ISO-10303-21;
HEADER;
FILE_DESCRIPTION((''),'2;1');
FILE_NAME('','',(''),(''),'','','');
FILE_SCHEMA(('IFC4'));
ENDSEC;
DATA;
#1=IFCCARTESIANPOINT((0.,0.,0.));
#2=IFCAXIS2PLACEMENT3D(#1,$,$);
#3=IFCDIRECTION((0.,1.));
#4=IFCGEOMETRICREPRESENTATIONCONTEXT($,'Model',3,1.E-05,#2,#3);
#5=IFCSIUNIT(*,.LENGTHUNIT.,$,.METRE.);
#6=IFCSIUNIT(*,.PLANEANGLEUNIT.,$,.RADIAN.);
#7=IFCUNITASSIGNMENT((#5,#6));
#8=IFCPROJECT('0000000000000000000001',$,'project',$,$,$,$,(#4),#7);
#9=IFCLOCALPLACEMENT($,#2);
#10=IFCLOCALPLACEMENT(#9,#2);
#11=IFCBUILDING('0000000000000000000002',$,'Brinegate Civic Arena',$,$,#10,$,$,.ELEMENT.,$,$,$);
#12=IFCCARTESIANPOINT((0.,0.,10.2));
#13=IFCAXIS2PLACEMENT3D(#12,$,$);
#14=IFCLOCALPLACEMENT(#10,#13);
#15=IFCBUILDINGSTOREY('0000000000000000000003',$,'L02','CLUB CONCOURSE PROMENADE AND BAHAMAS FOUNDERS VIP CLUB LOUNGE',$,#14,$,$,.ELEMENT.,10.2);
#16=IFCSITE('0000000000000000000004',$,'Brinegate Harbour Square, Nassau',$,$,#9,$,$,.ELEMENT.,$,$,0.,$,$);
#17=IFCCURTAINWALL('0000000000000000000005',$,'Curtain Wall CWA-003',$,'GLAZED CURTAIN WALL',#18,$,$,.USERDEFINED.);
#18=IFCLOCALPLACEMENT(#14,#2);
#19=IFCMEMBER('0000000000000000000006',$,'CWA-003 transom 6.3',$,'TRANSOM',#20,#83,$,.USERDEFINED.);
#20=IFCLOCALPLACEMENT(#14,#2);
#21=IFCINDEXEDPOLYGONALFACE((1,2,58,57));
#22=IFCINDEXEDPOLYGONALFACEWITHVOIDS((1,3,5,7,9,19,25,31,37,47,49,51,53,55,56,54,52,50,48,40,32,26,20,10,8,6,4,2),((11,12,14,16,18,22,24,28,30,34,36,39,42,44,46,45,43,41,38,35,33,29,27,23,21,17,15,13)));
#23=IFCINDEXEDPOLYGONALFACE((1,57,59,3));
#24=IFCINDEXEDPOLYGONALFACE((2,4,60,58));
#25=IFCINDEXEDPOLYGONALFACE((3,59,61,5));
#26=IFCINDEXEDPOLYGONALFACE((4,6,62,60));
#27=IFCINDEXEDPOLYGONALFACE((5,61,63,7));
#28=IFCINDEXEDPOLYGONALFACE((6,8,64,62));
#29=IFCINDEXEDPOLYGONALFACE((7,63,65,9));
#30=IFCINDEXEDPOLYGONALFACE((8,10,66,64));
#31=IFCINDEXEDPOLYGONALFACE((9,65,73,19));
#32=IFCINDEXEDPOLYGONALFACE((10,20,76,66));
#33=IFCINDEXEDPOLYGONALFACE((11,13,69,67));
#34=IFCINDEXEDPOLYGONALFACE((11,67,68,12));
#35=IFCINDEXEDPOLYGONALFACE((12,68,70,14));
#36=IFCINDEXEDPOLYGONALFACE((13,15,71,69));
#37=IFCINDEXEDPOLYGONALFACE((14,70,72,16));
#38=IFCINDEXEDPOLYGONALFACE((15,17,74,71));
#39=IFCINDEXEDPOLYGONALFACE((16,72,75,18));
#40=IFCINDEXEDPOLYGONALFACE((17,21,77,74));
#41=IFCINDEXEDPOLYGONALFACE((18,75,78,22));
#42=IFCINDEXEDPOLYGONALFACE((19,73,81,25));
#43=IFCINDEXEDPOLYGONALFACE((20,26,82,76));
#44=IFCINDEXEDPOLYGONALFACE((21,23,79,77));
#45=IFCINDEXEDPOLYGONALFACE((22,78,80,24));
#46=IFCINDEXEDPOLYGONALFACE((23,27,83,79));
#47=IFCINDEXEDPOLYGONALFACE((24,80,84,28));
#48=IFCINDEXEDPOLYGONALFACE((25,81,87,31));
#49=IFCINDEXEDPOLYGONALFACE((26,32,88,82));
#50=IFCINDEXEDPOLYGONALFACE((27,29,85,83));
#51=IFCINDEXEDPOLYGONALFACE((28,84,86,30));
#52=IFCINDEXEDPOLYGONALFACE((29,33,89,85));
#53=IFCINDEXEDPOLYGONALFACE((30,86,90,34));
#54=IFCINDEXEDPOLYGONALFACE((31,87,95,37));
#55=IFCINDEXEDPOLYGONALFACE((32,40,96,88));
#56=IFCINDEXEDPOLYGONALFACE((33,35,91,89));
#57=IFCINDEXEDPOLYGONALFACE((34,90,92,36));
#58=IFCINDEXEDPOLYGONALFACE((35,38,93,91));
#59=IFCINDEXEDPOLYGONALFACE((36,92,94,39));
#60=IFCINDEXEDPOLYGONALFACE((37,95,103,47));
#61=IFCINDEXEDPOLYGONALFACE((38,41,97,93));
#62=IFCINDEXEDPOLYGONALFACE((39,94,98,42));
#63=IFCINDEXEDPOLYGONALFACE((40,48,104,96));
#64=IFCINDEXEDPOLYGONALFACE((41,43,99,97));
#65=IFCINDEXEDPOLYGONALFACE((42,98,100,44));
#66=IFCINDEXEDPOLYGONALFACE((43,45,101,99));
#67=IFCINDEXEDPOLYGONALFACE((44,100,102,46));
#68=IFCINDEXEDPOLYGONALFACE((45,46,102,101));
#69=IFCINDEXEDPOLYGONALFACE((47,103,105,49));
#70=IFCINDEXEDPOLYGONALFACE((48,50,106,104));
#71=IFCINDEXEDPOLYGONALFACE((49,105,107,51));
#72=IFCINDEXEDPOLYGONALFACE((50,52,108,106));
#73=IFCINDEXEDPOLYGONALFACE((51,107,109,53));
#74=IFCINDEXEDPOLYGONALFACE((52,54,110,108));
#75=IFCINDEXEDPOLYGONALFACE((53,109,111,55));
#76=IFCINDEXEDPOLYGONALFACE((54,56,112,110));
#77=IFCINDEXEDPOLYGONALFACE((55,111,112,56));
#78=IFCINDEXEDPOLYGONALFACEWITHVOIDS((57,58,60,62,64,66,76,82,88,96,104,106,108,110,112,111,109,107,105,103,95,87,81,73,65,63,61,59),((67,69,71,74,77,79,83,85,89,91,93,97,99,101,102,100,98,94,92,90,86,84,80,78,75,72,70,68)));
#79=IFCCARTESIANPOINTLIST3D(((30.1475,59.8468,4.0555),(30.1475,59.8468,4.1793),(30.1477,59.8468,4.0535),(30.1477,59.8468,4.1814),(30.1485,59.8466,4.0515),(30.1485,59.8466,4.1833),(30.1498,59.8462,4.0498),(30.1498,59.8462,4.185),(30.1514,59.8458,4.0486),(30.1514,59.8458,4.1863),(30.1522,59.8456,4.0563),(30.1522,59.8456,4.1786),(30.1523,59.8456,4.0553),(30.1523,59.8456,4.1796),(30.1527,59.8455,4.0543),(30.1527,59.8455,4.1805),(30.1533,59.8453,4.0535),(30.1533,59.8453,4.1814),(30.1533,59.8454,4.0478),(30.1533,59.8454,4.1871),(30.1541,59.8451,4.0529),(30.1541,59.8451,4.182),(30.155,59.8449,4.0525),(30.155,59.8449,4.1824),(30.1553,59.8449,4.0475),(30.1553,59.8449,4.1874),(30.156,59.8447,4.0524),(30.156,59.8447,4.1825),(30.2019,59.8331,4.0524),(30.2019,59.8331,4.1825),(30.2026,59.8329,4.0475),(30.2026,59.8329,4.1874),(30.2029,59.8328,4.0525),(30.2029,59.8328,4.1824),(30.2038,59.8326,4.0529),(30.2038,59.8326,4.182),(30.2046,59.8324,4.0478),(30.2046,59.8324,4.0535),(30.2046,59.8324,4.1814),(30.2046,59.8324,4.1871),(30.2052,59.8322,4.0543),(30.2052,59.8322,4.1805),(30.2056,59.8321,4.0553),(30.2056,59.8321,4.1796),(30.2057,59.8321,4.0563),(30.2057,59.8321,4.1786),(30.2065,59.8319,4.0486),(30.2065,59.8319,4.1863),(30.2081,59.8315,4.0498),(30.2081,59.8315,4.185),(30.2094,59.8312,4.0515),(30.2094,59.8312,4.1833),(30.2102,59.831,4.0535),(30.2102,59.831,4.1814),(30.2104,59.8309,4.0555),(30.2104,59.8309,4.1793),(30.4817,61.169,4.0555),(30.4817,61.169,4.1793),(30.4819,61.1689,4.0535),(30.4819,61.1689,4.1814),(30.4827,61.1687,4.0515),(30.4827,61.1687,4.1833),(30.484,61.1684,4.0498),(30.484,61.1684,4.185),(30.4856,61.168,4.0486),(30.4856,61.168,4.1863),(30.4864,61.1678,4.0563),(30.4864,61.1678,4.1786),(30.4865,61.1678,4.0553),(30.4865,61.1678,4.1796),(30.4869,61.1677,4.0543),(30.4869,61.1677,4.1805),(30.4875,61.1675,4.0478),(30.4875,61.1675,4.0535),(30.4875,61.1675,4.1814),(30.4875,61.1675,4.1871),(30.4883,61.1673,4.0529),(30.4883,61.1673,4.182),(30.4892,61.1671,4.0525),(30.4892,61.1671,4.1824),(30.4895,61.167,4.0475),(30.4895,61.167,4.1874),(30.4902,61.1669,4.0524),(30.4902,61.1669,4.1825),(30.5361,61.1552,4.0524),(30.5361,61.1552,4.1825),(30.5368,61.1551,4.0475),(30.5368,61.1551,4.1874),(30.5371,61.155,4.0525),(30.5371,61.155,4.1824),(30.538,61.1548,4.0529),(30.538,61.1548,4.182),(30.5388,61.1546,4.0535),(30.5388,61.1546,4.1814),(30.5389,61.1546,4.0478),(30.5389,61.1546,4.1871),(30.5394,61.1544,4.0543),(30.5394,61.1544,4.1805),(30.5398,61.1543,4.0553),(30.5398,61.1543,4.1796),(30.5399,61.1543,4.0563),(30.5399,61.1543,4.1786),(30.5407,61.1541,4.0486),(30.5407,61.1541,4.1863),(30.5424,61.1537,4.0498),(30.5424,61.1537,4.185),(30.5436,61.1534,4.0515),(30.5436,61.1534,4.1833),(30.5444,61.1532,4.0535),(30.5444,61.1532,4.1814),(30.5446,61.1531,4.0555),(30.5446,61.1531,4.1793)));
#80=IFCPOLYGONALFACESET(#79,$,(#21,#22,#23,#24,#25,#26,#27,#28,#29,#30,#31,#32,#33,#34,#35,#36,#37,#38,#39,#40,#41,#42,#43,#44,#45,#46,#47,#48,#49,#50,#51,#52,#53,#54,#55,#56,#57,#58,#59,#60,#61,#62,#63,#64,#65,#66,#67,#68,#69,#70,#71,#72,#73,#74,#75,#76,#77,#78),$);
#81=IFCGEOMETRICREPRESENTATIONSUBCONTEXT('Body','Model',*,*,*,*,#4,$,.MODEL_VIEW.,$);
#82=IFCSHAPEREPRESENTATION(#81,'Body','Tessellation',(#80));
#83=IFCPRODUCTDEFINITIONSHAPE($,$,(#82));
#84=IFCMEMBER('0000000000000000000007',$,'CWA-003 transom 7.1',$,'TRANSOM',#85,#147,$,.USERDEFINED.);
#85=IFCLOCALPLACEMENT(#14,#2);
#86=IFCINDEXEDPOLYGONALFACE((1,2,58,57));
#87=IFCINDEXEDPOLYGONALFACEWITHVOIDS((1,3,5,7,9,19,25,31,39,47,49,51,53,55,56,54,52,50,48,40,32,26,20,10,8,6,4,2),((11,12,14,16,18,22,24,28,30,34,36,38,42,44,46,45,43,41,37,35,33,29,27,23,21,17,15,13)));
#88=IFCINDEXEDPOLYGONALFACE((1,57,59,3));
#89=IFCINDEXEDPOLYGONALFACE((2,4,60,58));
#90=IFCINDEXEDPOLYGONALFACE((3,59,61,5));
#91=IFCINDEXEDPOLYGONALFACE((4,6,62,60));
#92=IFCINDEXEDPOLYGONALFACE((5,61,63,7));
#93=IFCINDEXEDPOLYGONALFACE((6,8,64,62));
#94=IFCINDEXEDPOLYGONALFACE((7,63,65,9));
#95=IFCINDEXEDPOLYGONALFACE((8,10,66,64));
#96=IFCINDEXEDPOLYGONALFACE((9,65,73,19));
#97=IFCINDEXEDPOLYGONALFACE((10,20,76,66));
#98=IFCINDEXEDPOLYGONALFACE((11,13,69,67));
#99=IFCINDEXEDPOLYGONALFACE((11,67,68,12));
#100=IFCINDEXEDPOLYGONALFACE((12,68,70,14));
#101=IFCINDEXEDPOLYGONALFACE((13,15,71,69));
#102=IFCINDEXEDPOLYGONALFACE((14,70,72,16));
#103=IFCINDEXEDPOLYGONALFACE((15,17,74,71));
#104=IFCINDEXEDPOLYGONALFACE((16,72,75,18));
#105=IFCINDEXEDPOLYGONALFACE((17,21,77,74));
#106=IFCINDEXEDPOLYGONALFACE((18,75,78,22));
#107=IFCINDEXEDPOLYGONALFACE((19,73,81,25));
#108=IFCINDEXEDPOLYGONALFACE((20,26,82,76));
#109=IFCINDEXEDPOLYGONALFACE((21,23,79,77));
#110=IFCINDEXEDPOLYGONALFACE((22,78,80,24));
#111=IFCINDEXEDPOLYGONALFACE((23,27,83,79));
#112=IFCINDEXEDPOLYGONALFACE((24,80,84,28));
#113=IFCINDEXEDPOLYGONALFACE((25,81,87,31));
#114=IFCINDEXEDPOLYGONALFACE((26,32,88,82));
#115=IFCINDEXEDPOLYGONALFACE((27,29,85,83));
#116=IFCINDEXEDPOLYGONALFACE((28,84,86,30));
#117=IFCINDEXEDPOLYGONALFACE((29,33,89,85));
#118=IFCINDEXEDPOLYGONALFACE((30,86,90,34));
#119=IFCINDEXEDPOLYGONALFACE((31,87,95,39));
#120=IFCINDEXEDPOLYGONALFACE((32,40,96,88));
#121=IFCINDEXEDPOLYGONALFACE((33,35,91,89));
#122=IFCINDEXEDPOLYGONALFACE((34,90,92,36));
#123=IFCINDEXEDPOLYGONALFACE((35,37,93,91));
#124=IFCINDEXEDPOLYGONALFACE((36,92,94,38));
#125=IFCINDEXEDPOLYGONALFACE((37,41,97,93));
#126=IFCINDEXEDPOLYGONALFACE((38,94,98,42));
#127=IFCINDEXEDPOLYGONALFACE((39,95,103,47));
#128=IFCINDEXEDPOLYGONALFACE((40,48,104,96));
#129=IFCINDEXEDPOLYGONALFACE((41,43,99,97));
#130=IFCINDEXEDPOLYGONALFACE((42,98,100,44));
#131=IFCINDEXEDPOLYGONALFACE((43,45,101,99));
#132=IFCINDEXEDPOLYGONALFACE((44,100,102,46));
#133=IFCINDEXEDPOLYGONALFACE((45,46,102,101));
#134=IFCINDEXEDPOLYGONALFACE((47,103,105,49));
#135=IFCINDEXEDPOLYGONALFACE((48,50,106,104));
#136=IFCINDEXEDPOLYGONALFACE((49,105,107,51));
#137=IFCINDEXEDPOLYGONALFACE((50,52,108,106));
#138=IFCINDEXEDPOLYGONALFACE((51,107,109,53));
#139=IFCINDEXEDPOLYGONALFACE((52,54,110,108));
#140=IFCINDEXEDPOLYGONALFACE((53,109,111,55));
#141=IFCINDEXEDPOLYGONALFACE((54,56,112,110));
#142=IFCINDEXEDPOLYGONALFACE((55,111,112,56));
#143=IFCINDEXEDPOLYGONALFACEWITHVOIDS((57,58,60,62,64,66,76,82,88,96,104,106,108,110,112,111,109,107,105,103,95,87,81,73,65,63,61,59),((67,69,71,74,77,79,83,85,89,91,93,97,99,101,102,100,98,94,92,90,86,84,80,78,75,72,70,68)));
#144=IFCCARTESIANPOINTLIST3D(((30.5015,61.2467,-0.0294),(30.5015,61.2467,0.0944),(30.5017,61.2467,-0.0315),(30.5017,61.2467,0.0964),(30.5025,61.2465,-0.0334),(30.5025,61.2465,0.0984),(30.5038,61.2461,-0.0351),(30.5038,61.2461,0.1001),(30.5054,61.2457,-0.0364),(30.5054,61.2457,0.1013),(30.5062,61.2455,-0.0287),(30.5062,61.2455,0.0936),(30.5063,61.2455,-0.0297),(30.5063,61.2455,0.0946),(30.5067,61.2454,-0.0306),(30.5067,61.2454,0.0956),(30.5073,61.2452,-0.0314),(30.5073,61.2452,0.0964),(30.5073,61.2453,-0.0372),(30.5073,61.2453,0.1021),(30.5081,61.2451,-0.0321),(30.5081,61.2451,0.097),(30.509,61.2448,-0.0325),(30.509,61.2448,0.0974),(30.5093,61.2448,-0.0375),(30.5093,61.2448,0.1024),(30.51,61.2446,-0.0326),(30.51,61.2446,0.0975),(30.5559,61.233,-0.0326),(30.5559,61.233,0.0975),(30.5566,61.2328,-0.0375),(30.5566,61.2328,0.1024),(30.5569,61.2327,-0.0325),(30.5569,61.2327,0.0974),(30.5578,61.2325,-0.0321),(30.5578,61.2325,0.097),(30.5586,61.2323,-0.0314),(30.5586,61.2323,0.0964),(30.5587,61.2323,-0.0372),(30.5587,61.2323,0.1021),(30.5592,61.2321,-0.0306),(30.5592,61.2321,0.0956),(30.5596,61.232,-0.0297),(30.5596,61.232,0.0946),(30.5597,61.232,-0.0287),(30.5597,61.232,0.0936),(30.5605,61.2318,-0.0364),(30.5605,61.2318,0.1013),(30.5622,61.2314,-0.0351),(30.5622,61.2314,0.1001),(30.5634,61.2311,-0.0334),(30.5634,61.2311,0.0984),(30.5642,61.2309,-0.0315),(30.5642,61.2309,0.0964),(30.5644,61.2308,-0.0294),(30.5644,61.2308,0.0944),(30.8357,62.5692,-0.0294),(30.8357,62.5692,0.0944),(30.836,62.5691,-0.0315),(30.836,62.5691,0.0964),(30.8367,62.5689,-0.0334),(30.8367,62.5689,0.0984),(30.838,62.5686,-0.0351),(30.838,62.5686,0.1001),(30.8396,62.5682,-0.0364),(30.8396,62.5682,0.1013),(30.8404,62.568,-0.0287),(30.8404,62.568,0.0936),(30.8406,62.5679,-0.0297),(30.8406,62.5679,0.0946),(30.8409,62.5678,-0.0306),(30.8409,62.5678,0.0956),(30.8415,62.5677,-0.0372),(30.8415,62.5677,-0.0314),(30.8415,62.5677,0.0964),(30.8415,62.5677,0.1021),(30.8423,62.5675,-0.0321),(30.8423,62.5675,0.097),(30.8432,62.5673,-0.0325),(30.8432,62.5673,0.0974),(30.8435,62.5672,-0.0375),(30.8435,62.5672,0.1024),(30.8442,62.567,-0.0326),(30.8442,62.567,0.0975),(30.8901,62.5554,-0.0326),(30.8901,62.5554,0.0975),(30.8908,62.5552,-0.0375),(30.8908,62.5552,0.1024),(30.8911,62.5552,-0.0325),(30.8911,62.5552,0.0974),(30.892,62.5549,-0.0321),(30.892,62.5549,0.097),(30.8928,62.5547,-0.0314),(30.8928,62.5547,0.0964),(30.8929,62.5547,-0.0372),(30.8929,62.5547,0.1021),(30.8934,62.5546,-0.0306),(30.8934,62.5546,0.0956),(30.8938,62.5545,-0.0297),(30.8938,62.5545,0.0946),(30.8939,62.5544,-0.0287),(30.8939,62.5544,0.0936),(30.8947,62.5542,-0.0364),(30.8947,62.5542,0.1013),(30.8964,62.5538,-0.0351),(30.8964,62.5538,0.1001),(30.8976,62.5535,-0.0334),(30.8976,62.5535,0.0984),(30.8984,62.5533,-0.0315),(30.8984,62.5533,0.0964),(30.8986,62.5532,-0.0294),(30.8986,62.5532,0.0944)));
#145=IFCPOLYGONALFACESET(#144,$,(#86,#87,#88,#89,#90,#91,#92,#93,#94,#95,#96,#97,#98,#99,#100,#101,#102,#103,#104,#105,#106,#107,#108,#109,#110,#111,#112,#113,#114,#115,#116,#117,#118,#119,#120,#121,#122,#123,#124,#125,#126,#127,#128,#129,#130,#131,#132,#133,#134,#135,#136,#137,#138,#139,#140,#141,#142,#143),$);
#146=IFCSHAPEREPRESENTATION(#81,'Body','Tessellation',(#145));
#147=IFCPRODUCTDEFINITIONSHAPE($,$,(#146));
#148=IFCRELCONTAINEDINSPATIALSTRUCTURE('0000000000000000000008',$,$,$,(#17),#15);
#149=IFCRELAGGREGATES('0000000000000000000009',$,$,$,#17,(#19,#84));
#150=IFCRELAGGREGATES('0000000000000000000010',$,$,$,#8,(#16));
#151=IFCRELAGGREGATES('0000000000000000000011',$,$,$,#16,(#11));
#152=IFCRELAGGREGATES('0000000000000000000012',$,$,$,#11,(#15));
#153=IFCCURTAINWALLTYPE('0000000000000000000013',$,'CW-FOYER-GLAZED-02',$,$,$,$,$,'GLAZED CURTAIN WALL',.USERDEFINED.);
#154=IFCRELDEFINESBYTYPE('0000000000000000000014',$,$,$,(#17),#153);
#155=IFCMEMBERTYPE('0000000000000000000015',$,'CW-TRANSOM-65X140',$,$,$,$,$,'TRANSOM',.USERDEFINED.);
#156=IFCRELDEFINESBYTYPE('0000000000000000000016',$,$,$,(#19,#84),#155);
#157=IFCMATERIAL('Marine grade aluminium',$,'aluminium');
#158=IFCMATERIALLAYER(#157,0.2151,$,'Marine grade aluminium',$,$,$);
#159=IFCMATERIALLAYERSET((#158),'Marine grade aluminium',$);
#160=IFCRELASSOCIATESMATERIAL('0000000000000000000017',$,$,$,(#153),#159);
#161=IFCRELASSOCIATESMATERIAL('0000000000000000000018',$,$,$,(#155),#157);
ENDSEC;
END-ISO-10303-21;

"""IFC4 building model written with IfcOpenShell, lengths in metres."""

from ifc_helpers import new_model, si_unit, direction, frame, origin, origin_2d, place, context, subcontext, project, spatial, hollow_rectangle, extrude, material, layer, layer_set, material_profile, profile_set, type_object, element, aggregate, save


model = new_model("IFC4")

# Units and contexts
model_context = context("Model", 3, precision=1e-05, world=origin(), true_north=direction((0.0, 1.0)))
body_context = subcontext(model_context, "Body", "Model", "MODEL_VIEW")
ifc_project = project(units=[si_unit("LENGTHUNIT", "METRE"), si_unit("PLANEANGLEUNIT", "RADIAN")], contexts=[model_context])

# Site, building, storey
site_placement = place(None, origin())
site = spatial("IfcSite", under=ifc_project, at=site_placement, Name="Brinegate Harbour Square, Nassau", CompositionType="ELEMENT", RefElevation=0.0)
building_placement = place(site_placement, origin())
building = spatial("IfcBuilding", under=site, at=building_placement, Name="Brinegate Civic Arena", CompositionType="ELEMENT")
storey_placement = place(building_placement, frame((0.0, 0.0, 10.2)))
storey = spatial("IfcBuildingStorey", under=building, at=storey_placement, Name="L02", Description="CLUB CONCOURSE PROMENADE AND BAHAMAS FOUNDERS VIP CLUB LOUNGE", CompositionType="ELEMENT", Elevation=10.2)

# Curtain wall, members
ifc_material_1 = material(Name="Marine grade aluminium", Category="aluminium")
ifc_layer_1 = layer(ifc_material_1, 0.2151, Name="Marine grade aluminium")
ifc_layer_set_1 = layer_set([ifc_layer_1], Name="Marine grade aluminium")
curtain_wall_type = type_object("IfcCurtainWallType", Name="CW-FOYER-GLAZED-02", ElementType="GLAZED CURTAIN WALL", PredefinedType="USERDEFINED", material=ifc_layer_set_1)
curtain_wall_placement = place(storey_placement, origin())
curtain_wall = element("IfcCurtainWall", 1, at=curtain_wall_placement, inside=storey, type_object=curtain_wall_type, Name="Curtain Wall CWA-003", ObjectType="GLAZED CURTAIN WALL", PredefinedType="USERDEFINED")
ifc_material_profile_1 = material_profile(ifc_material_1, hollow_rectangle(XDim=0.0649, YDim=0.1399, WallThickness=0.0049, InnerFilletRadius=0.0039, OuterFilletRadius=0.0081, at=origin_2d()), Name="TRN65X140")
ifc_profile_set_1 = profile_set([ifc_material_profile_1], Name="Marine grade aluminium")
member_type_1 = type_object("IfcMemberType", Name="CW-TRANSOM-65X140", ElementType="TRANSOM", PredefinedType="USERDEFINED", material=ifc_profile_set_1)
member_1_placement = place(storey_placement, frame((30.179, 59.8389, 4.1174), z_axis=(0.245062, 0.969507, 0.0), x_axis=(-0.969507, 0.245062, 0.0)))
member_1 = element("IfcMember", 2, at=member_1_placement, type_object=member_type_1, Name="CWA-003 transom 6.3", ObjectType="TRANSOM", PredefinedType="USERDEFINED", context=body_context, shape_type="SweptSolid", body=[
    extrude(hollow_rectangle(XDim=0.0649, YDim=0.1399, WallThickness=0.0049, InnerFilletRadius=0.0039, OuterFilletRadius=0.0081, at=origin_2d()), origin(), (0.0, 0.0, 1.0), 1.3638),
])
member_2_placement = place(storey_placement, frame((30.533, 61.2388, 0.0325), z_axis=(0.245019, 0.969518, 0.0), x_axis=(-0.969518, 0.245019, 0.0)))
member_2 = element("IfcMember", 3, at=member_2_placement, type_object=member_type_1, Name="CWA-003 transom 7.1", ObjectType="TRANSOM", PredefinedType="USERDEFINED", context=body_context, shape_type="SweptSolid", body=[
    extrude(hollow_rectangle(XDim=0.0649, YDim=0.1399, WallThickness=0.0049, InnerFilletRadius=0.0039, OuterFilletRadius=0.0081, at=origin_2d()), origin(), (0.0, 0.0, 1.0), 1.364),
])
aggregate(curtain_wall, [member_1, member_2])

save(model, "model.ifc")
